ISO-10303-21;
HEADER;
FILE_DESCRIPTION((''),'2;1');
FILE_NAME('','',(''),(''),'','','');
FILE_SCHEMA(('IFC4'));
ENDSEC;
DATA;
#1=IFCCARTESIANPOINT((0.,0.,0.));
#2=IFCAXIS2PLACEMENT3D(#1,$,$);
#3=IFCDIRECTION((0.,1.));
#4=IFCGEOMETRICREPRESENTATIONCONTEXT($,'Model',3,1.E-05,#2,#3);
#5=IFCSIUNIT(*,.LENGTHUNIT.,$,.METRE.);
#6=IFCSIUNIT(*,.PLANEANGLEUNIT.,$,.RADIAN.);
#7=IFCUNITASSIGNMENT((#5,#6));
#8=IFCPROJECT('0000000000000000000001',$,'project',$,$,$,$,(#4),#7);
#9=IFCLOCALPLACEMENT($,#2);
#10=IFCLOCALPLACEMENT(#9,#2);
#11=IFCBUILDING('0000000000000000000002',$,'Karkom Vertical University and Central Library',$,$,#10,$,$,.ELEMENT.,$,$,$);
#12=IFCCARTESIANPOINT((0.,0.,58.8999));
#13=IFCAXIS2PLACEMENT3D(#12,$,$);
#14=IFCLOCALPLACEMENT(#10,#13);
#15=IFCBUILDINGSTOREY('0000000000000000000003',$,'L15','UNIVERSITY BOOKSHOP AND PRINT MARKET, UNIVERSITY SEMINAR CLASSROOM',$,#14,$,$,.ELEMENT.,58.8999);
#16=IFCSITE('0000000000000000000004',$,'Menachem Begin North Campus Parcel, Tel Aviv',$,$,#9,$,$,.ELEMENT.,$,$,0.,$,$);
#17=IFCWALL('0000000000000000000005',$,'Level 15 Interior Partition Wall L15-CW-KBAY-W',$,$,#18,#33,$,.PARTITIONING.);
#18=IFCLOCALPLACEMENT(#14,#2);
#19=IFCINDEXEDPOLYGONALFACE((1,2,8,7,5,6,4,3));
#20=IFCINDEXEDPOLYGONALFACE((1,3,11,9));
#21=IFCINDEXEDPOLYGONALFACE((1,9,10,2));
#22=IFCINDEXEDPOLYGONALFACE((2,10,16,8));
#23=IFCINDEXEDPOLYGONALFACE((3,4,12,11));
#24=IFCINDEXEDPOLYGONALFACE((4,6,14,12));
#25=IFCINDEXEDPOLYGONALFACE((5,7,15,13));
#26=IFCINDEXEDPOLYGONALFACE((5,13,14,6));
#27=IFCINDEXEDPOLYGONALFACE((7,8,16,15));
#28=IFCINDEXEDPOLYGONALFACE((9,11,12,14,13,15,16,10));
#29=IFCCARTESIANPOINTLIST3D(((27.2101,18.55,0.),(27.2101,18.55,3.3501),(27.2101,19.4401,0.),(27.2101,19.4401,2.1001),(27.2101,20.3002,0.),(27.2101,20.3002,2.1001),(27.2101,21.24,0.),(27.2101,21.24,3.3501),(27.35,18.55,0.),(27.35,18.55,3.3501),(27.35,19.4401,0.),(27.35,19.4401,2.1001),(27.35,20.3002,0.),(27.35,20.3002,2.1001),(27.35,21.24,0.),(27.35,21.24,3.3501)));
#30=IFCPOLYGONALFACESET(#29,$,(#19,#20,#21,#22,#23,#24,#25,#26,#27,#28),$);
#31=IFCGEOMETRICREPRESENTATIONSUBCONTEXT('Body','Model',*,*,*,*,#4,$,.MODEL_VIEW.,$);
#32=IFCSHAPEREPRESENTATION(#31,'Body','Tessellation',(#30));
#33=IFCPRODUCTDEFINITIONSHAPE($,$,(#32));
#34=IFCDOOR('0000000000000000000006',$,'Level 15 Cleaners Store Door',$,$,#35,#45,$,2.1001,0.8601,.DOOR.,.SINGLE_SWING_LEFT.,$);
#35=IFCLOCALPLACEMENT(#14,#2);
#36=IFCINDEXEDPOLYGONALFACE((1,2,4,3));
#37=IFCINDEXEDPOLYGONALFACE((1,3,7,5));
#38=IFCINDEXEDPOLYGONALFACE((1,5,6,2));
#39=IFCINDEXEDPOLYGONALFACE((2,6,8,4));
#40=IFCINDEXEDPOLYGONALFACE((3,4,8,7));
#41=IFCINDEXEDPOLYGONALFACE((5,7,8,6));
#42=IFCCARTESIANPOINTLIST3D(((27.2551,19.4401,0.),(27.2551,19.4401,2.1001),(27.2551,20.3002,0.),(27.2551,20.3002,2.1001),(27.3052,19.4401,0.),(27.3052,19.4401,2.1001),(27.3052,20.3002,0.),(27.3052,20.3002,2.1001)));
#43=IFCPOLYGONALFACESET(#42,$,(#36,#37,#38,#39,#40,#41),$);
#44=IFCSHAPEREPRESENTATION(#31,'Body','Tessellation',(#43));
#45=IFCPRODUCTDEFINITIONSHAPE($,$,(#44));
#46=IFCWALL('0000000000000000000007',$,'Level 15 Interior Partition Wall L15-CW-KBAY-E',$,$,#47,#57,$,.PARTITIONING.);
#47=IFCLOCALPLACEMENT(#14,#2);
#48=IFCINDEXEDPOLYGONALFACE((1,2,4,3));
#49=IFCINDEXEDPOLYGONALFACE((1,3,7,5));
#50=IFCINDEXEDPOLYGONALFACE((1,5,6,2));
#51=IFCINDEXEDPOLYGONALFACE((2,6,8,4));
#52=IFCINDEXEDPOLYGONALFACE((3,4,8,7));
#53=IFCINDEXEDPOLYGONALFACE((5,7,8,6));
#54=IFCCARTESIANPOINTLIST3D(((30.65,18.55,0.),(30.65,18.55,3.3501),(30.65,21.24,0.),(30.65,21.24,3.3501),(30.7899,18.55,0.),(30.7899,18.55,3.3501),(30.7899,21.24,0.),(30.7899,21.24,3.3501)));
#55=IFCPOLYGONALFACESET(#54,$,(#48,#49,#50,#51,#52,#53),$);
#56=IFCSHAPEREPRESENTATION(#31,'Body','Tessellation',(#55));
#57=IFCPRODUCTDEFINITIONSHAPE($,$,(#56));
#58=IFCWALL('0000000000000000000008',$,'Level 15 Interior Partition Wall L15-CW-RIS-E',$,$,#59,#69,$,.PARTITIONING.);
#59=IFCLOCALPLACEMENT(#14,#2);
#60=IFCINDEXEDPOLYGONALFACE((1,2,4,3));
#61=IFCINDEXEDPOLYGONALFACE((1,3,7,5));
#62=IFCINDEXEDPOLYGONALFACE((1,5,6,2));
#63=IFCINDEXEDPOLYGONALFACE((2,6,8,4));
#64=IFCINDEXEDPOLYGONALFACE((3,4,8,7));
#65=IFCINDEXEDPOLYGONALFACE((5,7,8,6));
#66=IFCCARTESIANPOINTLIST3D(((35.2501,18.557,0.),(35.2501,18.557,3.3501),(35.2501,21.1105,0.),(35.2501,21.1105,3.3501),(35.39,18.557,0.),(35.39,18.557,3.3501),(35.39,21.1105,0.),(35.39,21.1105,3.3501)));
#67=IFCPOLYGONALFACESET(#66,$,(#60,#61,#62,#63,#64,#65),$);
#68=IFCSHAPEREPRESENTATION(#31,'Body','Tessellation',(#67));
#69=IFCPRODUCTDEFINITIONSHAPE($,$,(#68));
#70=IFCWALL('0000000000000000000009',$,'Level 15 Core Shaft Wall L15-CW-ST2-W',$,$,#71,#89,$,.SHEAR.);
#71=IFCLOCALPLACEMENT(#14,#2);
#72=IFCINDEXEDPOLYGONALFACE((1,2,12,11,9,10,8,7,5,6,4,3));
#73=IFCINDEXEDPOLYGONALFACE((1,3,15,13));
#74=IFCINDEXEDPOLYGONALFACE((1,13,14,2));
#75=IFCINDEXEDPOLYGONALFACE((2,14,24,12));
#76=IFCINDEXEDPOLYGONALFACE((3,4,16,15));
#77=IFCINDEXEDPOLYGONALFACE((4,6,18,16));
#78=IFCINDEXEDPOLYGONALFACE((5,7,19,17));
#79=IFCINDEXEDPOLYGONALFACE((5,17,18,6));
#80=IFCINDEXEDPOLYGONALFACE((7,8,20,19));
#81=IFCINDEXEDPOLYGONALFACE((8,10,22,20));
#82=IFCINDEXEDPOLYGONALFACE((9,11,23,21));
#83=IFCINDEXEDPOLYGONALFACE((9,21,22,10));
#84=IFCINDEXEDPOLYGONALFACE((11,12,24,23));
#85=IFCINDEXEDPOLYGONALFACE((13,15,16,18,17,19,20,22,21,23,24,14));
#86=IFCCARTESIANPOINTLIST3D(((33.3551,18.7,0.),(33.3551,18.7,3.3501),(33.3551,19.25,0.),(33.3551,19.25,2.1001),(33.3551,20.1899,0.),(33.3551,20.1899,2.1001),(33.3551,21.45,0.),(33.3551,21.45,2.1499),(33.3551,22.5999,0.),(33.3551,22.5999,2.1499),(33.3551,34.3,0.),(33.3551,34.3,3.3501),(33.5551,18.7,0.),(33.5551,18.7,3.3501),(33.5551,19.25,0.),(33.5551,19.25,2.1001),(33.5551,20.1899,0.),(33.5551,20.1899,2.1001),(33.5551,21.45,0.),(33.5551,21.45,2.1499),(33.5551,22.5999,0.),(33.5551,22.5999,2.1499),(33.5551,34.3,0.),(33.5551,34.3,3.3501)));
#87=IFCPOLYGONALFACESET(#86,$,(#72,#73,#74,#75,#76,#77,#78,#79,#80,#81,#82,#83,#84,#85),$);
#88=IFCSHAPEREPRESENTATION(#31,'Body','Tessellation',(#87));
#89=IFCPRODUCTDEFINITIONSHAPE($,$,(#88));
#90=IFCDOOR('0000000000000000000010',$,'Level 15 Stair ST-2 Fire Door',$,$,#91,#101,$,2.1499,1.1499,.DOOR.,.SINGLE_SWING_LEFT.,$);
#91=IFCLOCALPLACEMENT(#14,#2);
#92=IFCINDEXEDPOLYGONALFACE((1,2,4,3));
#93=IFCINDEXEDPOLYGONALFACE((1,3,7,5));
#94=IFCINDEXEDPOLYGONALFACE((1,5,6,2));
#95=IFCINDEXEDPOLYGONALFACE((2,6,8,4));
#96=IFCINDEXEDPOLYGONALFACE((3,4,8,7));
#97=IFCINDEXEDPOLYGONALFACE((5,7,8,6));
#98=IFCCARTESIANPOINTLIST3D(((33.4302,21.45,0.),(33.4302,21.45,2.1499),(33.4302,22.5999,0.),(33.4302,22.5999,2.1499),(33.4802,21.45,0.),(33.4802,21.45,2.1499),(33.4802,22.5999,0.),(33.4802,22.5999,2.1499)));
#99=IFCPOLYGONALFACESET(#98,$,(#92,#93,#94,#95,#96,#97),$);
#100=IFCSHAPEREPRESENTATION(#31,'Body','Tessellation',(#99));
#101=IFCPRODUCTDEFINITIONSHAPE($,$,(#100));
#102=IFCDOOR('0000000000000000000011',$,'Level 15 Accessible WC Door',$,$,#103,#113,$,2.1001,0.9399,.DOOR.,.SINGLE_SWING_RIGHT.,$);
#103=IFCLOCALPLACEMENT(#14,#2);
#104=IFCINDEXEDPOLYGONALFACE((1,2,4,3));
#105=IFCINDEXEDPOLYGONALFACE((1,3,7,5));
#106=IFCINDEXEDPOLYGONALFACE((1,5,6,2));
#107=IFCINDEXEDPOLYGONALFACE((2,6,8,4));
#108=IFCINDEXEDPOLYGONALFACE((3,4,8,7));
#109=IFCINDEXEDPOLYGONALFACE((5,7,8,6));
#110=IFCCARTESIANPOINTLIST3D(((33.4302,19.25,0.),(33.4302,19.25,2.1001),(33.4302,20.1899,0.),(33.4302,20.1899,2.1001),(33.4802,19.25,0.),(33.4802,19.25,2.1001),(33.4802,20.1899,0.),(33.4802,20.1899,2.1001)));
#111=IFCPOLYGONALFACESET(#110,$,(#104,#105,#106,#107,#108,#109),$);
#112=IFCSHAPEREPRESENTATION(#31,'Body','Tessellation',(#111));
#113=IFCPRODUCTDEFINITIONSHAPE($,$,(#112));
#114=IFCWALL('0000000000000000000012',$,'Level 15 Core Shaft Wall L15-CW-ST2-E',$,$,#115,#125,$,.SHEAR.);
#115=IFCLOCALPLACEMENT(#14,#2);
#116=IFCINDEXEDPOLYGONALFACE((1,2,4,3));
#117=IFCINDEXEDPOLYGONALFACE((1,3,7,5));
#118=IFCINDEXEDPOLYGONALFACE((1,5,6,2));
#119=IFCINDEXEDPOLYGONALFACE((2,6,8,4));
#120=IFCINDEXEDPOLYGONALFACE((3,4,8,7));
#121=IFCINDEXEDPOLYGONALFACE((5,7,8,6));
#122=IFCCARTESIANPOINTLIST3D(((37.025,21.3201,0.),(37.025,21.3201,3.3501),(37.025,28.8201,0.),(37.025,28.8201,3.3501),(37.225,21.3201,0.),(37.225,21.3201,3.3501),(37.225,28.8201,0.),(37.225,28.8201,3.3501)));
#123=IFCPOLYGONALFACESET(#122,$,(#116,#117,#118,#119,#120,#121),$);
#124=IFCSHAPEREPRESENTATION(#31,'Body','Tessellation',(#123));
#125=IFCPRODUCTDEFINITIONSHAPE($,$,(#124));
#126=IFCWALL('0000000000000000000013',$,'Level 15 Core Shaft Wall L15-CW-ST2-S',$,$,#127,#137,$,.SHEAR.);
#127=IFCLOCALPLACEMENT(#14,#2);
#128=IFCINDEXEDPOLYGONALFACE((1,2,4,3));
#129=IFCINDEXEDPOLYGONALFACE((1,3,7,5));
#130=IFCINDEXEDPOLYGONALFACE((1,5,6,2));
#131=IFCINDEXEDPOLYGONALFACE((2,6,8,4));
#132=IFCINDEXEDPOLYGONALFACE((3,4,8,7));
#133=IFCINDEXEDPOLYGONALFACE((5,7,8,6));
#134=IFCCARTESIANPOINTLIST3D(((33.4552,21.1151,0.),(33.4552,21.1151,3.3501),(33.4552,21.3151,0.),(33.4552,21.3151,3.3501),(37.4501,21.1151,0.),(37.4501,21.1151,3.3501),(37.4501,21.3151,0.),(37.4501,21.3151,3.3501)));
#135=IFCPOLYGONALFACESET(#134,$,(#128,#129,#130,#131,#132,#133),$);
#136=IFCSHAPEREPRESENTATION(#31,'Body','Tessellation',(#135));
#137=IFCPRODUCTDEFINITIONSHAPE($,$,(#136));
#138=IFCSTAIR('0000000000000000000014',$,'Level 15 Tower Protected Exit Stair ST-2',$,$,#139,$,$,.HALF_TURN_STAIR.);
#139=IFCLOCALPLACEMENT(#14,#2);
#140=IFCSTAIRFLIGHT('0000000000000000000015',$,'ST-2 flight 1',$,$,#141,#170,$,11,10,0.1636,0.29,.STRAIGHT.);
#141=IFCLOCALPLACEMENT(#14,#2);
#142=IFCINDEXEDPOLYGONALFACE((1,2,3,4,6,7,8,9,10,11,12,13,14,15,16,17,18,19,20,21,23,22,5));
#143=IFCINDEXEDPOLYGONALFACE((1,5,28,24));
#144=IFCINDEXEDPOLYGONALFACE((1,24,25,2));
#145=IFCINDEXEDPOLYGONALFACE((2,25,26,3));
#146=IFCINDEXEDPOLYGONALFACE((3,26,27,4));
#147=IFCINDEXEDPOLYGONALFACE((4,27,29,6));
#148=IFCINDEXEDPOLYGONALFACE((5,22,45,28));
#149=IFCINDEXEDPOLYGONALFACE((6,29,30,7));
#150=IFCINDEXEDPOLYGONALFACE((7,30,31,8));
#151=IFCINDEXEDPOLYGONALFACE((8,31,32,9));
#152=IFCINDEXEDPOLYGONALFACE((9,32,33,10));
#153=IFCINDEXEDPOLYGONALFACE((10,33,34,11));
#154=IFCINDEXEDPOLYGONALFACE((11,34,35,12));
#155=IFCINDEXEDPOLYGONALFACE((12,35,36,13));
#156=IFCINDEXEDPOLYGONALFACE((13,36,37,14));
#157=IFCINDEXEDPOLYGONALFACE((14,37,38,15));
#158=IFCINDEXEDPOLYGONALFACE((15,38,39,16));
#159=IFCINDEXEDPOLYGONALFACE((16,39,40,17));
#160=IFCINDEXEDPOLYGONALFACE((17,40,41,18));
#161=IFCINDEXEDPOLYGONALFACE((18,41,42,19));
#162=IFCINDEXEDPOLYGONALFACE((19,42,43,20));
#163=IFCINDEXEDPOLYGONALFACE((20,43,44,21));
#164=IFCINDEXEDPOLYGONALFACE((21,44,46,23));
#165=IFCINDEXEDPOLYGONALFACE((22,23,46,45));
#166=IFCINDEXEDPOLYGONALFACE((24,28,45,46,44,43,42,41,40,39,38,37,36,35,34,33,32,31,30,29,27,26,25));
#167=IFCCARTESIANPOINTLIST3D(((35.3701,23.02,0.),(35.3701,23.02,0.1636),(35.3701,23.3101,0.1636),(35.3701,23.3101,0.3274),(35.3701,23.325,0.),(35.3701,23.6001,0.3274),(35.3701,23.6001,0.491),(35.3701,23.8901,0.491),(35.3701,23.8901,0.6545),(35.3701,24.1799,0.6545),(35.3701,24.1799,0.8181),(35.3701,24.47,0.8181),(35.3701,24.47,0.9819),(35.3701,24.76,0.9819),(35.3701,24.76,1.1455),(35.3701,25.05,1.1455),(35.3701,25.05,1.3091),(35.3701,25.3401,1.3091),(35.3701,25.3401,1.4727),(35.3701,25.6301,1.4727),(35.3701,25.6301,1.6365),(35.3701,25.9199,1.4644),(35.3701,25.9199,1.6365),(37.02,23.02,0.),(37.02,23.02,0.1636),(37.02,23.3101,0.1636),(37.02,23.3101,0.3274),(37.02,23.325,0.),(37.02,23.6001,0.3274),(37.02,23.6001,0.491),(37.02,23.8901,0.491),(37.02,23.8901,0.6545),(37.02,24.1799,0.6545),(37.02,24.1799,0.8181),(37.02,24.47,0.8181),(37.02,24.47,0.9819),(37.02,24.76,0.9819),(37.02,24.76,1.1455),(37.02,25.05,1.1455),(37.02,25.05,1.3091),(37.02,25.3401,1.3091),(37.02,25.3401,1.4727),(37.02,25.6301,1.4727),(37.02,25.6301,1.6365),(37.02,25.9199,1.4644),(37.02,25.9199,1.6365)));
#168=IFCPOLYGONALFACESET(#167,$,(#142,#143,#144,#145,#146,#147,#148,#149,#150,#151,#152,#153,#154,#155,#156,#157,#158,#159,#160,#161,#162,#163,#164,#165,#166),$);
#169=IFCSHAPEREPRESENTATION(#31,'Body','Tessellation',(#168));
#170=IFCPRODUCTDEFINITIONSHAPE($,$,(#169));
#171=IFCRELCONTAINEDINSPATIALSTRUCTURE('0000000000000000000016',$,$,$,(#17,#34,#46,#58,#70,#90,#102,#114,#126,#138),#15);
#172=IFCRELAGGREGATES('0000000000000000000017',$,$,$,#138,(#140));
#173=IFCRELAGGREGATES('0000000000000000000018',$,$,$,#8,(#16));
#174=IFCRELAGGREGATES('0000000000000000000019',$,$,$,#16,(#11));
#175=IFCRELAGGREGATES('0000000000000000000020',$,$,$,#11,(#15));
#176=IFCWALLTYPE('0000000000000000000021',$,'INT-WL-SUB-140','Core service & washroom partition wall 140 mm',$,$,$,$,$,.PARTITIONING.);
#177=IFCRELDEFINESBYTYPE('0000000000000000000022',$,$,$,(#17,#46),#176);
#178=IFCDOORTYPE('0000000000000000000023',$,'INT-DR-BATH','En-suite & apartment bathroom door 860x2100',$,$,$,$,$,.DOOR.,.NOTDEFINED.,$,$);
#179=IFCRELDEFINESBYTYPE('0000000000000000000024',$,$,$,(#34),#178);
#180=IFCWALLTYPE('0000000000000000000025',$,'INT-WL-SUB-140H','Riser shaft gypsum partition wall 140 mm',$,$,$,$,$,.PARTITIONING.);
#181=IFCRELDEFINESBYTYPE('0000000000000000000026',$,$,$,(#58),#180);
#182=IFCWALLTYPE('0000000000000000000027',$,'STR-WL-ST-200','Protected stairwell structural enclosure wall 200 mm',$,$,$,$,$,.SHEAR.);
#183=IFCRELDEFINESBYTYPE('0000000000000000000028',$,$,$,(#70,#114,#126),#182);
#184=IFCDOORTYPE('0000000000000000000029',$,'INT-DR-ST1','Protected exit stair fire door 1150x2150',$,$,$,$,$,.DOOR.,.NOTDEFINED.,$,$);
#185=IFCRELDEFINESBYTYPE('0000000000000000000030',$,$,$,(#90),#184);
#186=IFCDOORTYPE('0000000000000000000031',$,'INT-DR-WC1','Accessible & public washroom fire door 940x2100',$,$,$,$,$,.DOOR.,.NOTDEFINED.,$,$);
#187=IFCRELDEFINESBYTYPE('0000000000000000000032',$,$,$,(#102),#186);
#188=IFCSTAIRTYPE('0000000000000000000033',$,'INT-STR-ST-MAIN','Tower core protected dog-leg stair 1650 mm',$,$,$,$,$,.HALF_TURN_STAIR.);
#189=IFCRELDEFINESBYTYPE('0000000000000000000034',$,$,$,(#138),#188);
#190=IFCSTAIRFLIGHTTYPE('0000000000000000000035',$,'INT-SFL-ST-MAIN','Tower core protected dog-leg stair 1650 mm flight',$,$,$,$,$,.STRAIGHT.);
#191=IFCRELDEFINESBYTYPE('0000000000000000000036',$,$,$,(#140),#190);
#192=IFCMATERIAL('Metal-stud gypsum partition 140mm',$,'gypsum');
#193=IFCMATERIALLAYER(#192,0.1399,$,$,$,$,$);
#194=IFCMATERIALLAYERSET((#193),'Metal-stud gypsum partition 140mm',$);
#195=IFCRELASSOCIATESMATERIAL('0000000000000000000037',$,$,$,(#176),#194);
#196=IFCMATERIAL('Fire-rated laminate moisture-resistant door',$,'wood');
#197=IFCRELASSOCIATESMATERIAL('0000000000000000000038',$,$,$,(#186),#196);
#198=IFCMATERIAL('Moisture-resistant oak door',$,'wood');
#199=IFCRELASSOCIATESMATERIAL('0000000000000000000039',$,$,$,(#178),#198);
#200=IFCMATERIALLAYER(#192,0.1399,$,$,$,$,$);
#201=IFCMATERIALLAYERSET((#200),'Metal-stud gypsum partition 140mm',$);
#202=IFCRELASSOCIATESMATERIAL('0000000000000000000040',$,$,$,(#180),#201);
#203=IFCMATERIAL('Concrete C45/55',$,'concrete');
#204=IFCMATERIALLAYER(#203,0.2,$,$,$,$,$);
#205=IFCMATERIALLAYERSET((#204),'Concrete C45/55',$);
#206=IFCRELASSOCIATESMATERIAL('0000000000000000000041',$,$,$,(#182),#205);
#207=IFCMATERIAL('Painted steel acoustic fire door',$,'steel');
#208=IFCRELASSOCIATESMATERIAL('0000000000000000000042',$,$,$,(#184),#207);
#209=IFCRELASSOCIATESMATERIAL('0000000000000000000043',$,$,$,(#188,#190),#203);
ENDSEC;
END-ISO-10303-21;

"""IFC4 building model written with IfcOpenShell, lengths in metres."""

from ifc_helpers import new_model, si_unit, direction, frame, frame_2d, origin, origin_with_axes, place, context, subcontext, project, spatial, polyline, rectangle, outline, extrude, source, transform, mapped, material, layer, layer_set, type_object, element, fill, aggregate, save


model = new_model("IFC4")

# Units and contexts
model_context = context("Model", 3, precision=1e-05, world=origin(), true_north=direction((0.0, 1.0)))
body_context = subcontext(model_context, "Body", "Model", "MODEL_VIEW")
ifc_project = project(units=[si_unit("LENGTHUNIT", "METRE"), si_unit("PLANEANGLEUNIT", "RADIAN")], contexts=[model_context])

# Site, building, storey
site_placement = place(None, origin())
site = spatial("IfcSite", under=ifc_project, at=site_placement, Name="Menachem Begin North Campus Parcel, Tel Aviv", CompositionType="ELEMENT", RefElevation=0.0)
building_placement = place(site_placement, origin())
building = spatial("IfcBuilding", under=site, at=building_placement, Name="Karkom Vertical University and Central Library", CompositionType="ELEMENT")
storey_placement = place(building_placement, frame((0.0, 0.0, 58.8999)))
storey = spatial("IfcBuildingStorey", under=building, at=storey_placement, Name="L15", Description="UNIVERSITY BOOKSHOP AND PRINT MARKET, UNIVERSITY SEMINAR CLASSROOM", CompositionType="ELEMENT", Elevation=58.8999)

# Wall, opening, door
ifc_material_1 = material(Name="Metal-stud gypsum partition 140mm", Category="gypsum")
ifc_layer_1 = layer(ifc_material_1, 0.1399)
ifc_layer_set_1 = layer_set([ifc_layer_1], Name="Metal-stud gypsum partition 140mm")
wall_type_1 = type_object("IfcWallType", Name="INT-WL-SUB-140", Description="Core service & washroom partition wall 140 mm", PredefinedType="PARTITIONING", material=ifc_layer_set_1)
ifc_material_2 = material(Name="Fire-rated laminate moisture-resistant door", Category="wood")
door_type_1 = type_object("IfcDoorType", Name="INT-DR-WC1", Description="Accessible & public washroom fire door 940x2100", OperationType="NOTDEFINED", PredefinedType="DOOR", material=ifc_material_2)
shared_shape_1 = source(origin_with_axes(), body_context, "Body", "SweptSolid", [
    extrude(rectangle(XDim=0.9399, YDim=2.1001, at=frame_2d((0.47, 1.05))), frame((0.0, 0.0249, 0.0), z_axis=(0.0, -1.0, 0.0), x_axis=(1.0, 0.0, 0.0)), (0.0, 0.0, 1.0), 0.05),
])
wall_1_placement = place(storey_placement, frame((27.28, 18.55, 0.0), z_axis=(0.0, 0.0, 1.0), x_axis=(0.0, 1.0, 0.0)))
wall_1 = element("IfcWall", 1, at=wall_1_placement, inside=storey, type_object=wall_type_1, Name="Level 15 Interior Partition Wall L15-CW-KBAY-W", PredefinedType="PARTITIONING", context=body_context, shape_type="SweptSolid", body=[
    extrude(rectangle(XDim=2.6899, YDim=0.1399, at=frame_2d((1.345, 0.0))), origin(), (0.0, 0.0, 1.0), 3.3501),
])
opening_1_placement = place(wall_1_placement, frame((0.8899, 0.0, 0.0)))
opening_1 = element("IfcOpeningElement", 2, at=opening_1_placement, cuts=wall_1, PredefinedType="OPENING", context=body_context, shape_type="SweptSolid", body=[
    extrude(rectangle(XDim=0.8601, YDim=2.1001, at=frame_2d((0.4302, 1.05))), frame((0.0, 0.0801, 0.0), z_axis=(0.0, -1.0, 0.0), x_axis=(1.0, 0.0, 0.0)), (0.0, 0.0, 1.0), 0.1599),
])
ifc_material_3 = material(Name="Moisture-resistant oak door", Category="wood")
door_type_2 = type_object("IfcDoorType", Name="INT-DR-BATH", Description="En-suite & apartment bathroom door 860x2100", OperationType="NOTDEFINED", PredefinedType="DOOR", material=ifc_material_3)
shared_shape_2 = source(origin_with_axes(), body_context, "Body", "SweptSolid", [
    extrude(rectangle(XDim=0.8601, YDim=2.1001, at=frame_2d((0.4302, 1.05))), frame((0.0, 0.0249, 0.0), z_axis=(0.0, -1.0, 0.0), x_axis=(1.0, 0.0, 0.0)), (0.0, 0.0, 1.0), 0.05),
])
door_1_placement = place(opening_1_placement, origin())
door_1 = element("IfcDoor", 3, at=door_1_placement, inside=storey, type_object=door_type_2, Name="Level 15 Cleaners Store Door", OperationType="SINGLE_SWING_LEFT", OverallHeight=2.1001, OverallWidth=0.8601, PredefinedType="DOOR", context=body_context, shape_type="MappedRepresentation", body=[
    mapped(shared_shape_2, transform((0.0, 0.0, 0.0), scale=1.0)),
])
fill(opening_1, door_1)

# Walls
wall_2_placement = place(storey_placement, frame((30.72, 18.55, 0.0), z_axis=(0.0, 0.0, 1.0), x_axis=(0.0, 1.0, 0.0)))
element("IfcWall", 4, at=wall_2_placement, inside=storey, type_object=wall_type_1, Name="Level 15 Interior Partition Wall L15-CW-KBAY-E", PredefinedType="PARTITIONING", context=body_context, shape_type="SweptSolid", body=[
    extrude(rectangle(XDim=2.6899, YDim=0.1399, at=frame_2d((1.345, 0.0))), origin(), (0.0, 0.0, 1.0), 3.3501),
])
ifc_layer_2 = layer(ifc_material_1, 0.1399)
ifc_layer_set_2 = layer_set([ifc_layer_2], Name="Metal-stud gypsum partition 140mm")
wall_type_2 = type_object("IfcWallType", Name="INT-WL-SUB-140H", Description="Riser shaft gypsum partition wall 140 mm", PredefinedType="PARTITIONING", material=ifc_layer_set_2)
wall_3_placement = place(storey_placement, frame((35.3201, 18.5569, 0.0), z_axis=(0.0, 0.0, 1.0), x_axis=(0.0, 1.0, 0.0)))
element("IfcWall", 5, at=wall_3_placement, inside=storey, type_object=wall_type_2, Name="Level 15 Interior Partition Wall L15-CW-RIS-E", PredefinedType="PARTITIONING", context=body_context, shape_type="SweptSolid", body=[
    extrude(rectangle(XDim=2.5535, YDim=0.1399, at=frame_2d((1.2769, 0.0))), origin(), (0.0, 0.0, 1.0), 3.3501),
])

# Wall, openings, doors
ifc_material_4 = material(Name="Concrete C45/55", Category="concrete")
ifc_layer_3 = layer(ifc_material_4, 0.2)
ifc_layer_set_3 = layer_set([ifc_layer_3], Name="Concrete C45/55")
wall_type_3 = type_object("IfcWallType", Name="STR-WL-ST-200", Description="Protected stairwell structural enclosure wall 200 mm", PredefinedType="SHEAR", material=ifc_layer_set_3)
wall_4_placement = place(storey_placement, frame((33.4551, 18.7, 0.0), z_axis=(0.0, 0.0, 1.0), x_axis=(0.0, 1.0, 0.0)))
wall_4 = element("IfcWall", 6, at=wall_4_placement, inside=storey, type_object=wall_type_3, Name="Level 15 Core Shaft Wall L15-CW-ST2-W", PredefinedType="SHEAR", context=body_context, shape_type="SweptSolid", body=[
    extrude(rectangle(XDim=15.6001, YDim=0.2, at=frame_2d((7.8, 0.0))), origin(), (0.0, 0.0, 1.0), 3.3501),
])
opening_2_placement = place(wall_4_placement, frame((2.75, 0.0, 0.0)))
opening_2 = element("IfcOpeningElement", 7, at=opening_2_placement, cuts=wall_4, PredefinedType="OPENING", context=body_context, shape_type="SweptSolid", body=[
    extrude(rectangle(XDim=1.1499, YDim=2.1499, at=frame_2d((0.575, 1.075))), frame((0.0, 0.1099, 0.0), z_axis=(0.0, -1.0, 0.0), x_axis=(1.0, 0.0, 0.0)), (0.0, 0.0, 1.0), 0.22),
])
opening_3_placement = place(wall_4_placement, frame((0.55, 0.0, 0.0)))
opening_3 = element("IfcOpeningElement", 8, at=opening_3_placement, cuts=wall_4, PredefinedType="OPENING", context=body_context, shape_type="SweptSolid", body=[
    extrude(rectangle(XDim=0.9399, YDim=2.1001, at=frame_2d((0.47, 1.05))), frame((0.0, 0.1099, 0.0), z_axis=(0.0, -1.0, 0.0), x_axis=(1.0, 0.0, 0.0)), (0.0, 0.0, 1.0), 0.22),
])
ifc_material_5 = material(Name="Painted steel acoustic fire door", Category="steel")
door_type_3 = type_object("IfcDoorType", Name="INT-DR-ST1", Description="Protected exit stair fire door 1150x2150", OperationType="NOTDEFINED", PredefinedType="DOOR", material=ifc_material_5)
shared_shape_3 = source(origin_with_axes(), body_context, "Body", "SweptSolid", [
    extrude(rectangle(XDim=1.1499, YDim=2.1499, at=frame_2d((0.575, 1.075))), frame((0.0, 0.0249, 0.0), z_axis=(0.0, -1.0, 0.0), x_axis=(1.0, 0.0, 0.0)), (0.0, 0.0, 1.0), 0.05),
])
door_2_placement = place(opening_2_placement, origin())
door_2 = element("IfcDoor", 9, at=door_2_placement, inside=storey, type_object=door_type_3, Name="Level 15 Stair ST-2 Fire Door", OperationType="SINGLE_SWING_LEFT", OverallHeight=2.1499, OverallWidth=1.1499, PredefinedType="DOOR", context=body_context, shape_type="MappedRepresentation", body=[
    mapped(shared_shape_3, transform((0.0, 0.0, 0.0), scale=1.0)),
])
fill(opening_2, door_2)
door_3_placement = place(opening_3_placement, origin())
door_3 = element("IfcDoor", 10, at=door_3_placement, inside=storey, type_object=door_type_1, Name="Level 15 Accessible WC Door", OperationType="SINGLE_SWING_RIGHT", OverallHeight=2.1001, OverallWidth=0.9399, PredefinedType="DOOR", context=body_context, shape_type="MappedRepresentation", body=[
    mapped(shared_shape_1, transform((0.0, 0.0, 0.0), scale=1.0)),
])
fill(opening_3, door_3)

# Walls
wall_5_placement = place(storey_placement, frame((37.125, 21.3201, 0.0), z_axis=(0.0, 0.0, 1.0), x_axis=(0.0, 1.0, 0.0)))
element("IfcWall", 11, at=wall_5_placement, inside=storey, type_object=wall_type_3, Name="Level 15 Core Shaft Wall L15-CW-ST2-E", PredefinedType="SHEAR", context=body_context, shape_type="SweptSolid", body=[
    extrude(rectangle(XDim=7.5, YDim=0.2, at=frame_2d((3.75, 0.0))), origin(), (0.0, 0.0, 1.0), 3.3501),
])
wall_6_placement = place(storey_placement, frame((33.4551, 21.2151, 0.0), z_axis=(0.0, 0.0, 1.0), x_axis=(1.0, 0.0, 0.0)))
element("IfcWall", 12, at=wall_6_placement, inside=storey, type_object=wall_type_3, Name="Level 15 Core Shaft Wall L15-CW-ST2-S", PredefinedType="SHEAR", context=body_context, shape_type="SweptSolid", body=[
    extrude(rectangle(XDim=3.9949, YDim=0.2, at=frame_2d((1.9976, 0.0))), origin(), (0.0, 0.0, 1.0), 3.3501),
])

# Stair, stair flight
stair_type = type_object("IfcStairType", Name="INT-STR-ST-MAIN", Description="Tower core protected dog-leg stair 1650 mm", PredefinedType="HALF_TURN_STAIR", material=ifc_material_4)
stair_placement = place(storey_placement, origin())
stair = element("IfcStair", 13, at=stair_placement, inside=storey, type_object=stair_type, Name="Level 15 Tower Protected Exit Stair ST-2", PredefinedType="HALF_TURN_STAIR")
stair_flight_type = type_object("IfcStairFlightType", Name="INT-SFL-ST-MAIN", Description="Tower core protected dog-leg stair 1650 mm flight", PredefinedType="STRAIGHT", material=ifc_material_4)
stair_flight_placement = place(storey_placement, frame((36.1951, 23.02, 0.0), z_axis=(0.0, 0.0, 1.0), x_axis=(0.0, 1.0, 0.0)))
stair_flight = element("IfcStairFlight", 14, at=stair_flight_placement, type_object=stair_flight_type, Name="ST-2 flight 1", NumberOfRisers=11, NumberOfTreads=10, PredefinedType="STRAIGHT", RiserHeight=0.1636, TreadLength=0.29, context=body_context, shape_type="SweptSolid", body=[
    extrude(outline(polyline([(0.0, 0.0), (0.0, 0.1636), (0.29, 0.1636), (0.29, 0.3274), (0.5801, 0.3274), (0.5801, 0.491), (0.8701, 0.491), (0.8701, 0.6545), (1.1599, 0.6545), (1.1599, 0.8181), (1.45, 0.8181), (1.45, 0.9819), (1.74, 0.9819), (1.74, 1.1455), (2.03, 1.1455), (2.03, 1.3091), (2.3201, 1.3091), (2.3201, 1.4727), (2.6101, 1.4727), (2.6101, 1.6365), (2.8999, 1.6365), (2.8999, 1.8), (2.8999, 1.4644), (0.3049, 0.0), (0.0, 0.0)])), frame((0.0, 0.825, 0.0), z_axis=(0.0, -1.0, 0.0), x_axis=(1.0, 0.0, 0.0)), (0.0, 0.0, 1.0), 1.6499),
])
aggregate(stair, [stair_flight])

save(model, "model.ifc")
